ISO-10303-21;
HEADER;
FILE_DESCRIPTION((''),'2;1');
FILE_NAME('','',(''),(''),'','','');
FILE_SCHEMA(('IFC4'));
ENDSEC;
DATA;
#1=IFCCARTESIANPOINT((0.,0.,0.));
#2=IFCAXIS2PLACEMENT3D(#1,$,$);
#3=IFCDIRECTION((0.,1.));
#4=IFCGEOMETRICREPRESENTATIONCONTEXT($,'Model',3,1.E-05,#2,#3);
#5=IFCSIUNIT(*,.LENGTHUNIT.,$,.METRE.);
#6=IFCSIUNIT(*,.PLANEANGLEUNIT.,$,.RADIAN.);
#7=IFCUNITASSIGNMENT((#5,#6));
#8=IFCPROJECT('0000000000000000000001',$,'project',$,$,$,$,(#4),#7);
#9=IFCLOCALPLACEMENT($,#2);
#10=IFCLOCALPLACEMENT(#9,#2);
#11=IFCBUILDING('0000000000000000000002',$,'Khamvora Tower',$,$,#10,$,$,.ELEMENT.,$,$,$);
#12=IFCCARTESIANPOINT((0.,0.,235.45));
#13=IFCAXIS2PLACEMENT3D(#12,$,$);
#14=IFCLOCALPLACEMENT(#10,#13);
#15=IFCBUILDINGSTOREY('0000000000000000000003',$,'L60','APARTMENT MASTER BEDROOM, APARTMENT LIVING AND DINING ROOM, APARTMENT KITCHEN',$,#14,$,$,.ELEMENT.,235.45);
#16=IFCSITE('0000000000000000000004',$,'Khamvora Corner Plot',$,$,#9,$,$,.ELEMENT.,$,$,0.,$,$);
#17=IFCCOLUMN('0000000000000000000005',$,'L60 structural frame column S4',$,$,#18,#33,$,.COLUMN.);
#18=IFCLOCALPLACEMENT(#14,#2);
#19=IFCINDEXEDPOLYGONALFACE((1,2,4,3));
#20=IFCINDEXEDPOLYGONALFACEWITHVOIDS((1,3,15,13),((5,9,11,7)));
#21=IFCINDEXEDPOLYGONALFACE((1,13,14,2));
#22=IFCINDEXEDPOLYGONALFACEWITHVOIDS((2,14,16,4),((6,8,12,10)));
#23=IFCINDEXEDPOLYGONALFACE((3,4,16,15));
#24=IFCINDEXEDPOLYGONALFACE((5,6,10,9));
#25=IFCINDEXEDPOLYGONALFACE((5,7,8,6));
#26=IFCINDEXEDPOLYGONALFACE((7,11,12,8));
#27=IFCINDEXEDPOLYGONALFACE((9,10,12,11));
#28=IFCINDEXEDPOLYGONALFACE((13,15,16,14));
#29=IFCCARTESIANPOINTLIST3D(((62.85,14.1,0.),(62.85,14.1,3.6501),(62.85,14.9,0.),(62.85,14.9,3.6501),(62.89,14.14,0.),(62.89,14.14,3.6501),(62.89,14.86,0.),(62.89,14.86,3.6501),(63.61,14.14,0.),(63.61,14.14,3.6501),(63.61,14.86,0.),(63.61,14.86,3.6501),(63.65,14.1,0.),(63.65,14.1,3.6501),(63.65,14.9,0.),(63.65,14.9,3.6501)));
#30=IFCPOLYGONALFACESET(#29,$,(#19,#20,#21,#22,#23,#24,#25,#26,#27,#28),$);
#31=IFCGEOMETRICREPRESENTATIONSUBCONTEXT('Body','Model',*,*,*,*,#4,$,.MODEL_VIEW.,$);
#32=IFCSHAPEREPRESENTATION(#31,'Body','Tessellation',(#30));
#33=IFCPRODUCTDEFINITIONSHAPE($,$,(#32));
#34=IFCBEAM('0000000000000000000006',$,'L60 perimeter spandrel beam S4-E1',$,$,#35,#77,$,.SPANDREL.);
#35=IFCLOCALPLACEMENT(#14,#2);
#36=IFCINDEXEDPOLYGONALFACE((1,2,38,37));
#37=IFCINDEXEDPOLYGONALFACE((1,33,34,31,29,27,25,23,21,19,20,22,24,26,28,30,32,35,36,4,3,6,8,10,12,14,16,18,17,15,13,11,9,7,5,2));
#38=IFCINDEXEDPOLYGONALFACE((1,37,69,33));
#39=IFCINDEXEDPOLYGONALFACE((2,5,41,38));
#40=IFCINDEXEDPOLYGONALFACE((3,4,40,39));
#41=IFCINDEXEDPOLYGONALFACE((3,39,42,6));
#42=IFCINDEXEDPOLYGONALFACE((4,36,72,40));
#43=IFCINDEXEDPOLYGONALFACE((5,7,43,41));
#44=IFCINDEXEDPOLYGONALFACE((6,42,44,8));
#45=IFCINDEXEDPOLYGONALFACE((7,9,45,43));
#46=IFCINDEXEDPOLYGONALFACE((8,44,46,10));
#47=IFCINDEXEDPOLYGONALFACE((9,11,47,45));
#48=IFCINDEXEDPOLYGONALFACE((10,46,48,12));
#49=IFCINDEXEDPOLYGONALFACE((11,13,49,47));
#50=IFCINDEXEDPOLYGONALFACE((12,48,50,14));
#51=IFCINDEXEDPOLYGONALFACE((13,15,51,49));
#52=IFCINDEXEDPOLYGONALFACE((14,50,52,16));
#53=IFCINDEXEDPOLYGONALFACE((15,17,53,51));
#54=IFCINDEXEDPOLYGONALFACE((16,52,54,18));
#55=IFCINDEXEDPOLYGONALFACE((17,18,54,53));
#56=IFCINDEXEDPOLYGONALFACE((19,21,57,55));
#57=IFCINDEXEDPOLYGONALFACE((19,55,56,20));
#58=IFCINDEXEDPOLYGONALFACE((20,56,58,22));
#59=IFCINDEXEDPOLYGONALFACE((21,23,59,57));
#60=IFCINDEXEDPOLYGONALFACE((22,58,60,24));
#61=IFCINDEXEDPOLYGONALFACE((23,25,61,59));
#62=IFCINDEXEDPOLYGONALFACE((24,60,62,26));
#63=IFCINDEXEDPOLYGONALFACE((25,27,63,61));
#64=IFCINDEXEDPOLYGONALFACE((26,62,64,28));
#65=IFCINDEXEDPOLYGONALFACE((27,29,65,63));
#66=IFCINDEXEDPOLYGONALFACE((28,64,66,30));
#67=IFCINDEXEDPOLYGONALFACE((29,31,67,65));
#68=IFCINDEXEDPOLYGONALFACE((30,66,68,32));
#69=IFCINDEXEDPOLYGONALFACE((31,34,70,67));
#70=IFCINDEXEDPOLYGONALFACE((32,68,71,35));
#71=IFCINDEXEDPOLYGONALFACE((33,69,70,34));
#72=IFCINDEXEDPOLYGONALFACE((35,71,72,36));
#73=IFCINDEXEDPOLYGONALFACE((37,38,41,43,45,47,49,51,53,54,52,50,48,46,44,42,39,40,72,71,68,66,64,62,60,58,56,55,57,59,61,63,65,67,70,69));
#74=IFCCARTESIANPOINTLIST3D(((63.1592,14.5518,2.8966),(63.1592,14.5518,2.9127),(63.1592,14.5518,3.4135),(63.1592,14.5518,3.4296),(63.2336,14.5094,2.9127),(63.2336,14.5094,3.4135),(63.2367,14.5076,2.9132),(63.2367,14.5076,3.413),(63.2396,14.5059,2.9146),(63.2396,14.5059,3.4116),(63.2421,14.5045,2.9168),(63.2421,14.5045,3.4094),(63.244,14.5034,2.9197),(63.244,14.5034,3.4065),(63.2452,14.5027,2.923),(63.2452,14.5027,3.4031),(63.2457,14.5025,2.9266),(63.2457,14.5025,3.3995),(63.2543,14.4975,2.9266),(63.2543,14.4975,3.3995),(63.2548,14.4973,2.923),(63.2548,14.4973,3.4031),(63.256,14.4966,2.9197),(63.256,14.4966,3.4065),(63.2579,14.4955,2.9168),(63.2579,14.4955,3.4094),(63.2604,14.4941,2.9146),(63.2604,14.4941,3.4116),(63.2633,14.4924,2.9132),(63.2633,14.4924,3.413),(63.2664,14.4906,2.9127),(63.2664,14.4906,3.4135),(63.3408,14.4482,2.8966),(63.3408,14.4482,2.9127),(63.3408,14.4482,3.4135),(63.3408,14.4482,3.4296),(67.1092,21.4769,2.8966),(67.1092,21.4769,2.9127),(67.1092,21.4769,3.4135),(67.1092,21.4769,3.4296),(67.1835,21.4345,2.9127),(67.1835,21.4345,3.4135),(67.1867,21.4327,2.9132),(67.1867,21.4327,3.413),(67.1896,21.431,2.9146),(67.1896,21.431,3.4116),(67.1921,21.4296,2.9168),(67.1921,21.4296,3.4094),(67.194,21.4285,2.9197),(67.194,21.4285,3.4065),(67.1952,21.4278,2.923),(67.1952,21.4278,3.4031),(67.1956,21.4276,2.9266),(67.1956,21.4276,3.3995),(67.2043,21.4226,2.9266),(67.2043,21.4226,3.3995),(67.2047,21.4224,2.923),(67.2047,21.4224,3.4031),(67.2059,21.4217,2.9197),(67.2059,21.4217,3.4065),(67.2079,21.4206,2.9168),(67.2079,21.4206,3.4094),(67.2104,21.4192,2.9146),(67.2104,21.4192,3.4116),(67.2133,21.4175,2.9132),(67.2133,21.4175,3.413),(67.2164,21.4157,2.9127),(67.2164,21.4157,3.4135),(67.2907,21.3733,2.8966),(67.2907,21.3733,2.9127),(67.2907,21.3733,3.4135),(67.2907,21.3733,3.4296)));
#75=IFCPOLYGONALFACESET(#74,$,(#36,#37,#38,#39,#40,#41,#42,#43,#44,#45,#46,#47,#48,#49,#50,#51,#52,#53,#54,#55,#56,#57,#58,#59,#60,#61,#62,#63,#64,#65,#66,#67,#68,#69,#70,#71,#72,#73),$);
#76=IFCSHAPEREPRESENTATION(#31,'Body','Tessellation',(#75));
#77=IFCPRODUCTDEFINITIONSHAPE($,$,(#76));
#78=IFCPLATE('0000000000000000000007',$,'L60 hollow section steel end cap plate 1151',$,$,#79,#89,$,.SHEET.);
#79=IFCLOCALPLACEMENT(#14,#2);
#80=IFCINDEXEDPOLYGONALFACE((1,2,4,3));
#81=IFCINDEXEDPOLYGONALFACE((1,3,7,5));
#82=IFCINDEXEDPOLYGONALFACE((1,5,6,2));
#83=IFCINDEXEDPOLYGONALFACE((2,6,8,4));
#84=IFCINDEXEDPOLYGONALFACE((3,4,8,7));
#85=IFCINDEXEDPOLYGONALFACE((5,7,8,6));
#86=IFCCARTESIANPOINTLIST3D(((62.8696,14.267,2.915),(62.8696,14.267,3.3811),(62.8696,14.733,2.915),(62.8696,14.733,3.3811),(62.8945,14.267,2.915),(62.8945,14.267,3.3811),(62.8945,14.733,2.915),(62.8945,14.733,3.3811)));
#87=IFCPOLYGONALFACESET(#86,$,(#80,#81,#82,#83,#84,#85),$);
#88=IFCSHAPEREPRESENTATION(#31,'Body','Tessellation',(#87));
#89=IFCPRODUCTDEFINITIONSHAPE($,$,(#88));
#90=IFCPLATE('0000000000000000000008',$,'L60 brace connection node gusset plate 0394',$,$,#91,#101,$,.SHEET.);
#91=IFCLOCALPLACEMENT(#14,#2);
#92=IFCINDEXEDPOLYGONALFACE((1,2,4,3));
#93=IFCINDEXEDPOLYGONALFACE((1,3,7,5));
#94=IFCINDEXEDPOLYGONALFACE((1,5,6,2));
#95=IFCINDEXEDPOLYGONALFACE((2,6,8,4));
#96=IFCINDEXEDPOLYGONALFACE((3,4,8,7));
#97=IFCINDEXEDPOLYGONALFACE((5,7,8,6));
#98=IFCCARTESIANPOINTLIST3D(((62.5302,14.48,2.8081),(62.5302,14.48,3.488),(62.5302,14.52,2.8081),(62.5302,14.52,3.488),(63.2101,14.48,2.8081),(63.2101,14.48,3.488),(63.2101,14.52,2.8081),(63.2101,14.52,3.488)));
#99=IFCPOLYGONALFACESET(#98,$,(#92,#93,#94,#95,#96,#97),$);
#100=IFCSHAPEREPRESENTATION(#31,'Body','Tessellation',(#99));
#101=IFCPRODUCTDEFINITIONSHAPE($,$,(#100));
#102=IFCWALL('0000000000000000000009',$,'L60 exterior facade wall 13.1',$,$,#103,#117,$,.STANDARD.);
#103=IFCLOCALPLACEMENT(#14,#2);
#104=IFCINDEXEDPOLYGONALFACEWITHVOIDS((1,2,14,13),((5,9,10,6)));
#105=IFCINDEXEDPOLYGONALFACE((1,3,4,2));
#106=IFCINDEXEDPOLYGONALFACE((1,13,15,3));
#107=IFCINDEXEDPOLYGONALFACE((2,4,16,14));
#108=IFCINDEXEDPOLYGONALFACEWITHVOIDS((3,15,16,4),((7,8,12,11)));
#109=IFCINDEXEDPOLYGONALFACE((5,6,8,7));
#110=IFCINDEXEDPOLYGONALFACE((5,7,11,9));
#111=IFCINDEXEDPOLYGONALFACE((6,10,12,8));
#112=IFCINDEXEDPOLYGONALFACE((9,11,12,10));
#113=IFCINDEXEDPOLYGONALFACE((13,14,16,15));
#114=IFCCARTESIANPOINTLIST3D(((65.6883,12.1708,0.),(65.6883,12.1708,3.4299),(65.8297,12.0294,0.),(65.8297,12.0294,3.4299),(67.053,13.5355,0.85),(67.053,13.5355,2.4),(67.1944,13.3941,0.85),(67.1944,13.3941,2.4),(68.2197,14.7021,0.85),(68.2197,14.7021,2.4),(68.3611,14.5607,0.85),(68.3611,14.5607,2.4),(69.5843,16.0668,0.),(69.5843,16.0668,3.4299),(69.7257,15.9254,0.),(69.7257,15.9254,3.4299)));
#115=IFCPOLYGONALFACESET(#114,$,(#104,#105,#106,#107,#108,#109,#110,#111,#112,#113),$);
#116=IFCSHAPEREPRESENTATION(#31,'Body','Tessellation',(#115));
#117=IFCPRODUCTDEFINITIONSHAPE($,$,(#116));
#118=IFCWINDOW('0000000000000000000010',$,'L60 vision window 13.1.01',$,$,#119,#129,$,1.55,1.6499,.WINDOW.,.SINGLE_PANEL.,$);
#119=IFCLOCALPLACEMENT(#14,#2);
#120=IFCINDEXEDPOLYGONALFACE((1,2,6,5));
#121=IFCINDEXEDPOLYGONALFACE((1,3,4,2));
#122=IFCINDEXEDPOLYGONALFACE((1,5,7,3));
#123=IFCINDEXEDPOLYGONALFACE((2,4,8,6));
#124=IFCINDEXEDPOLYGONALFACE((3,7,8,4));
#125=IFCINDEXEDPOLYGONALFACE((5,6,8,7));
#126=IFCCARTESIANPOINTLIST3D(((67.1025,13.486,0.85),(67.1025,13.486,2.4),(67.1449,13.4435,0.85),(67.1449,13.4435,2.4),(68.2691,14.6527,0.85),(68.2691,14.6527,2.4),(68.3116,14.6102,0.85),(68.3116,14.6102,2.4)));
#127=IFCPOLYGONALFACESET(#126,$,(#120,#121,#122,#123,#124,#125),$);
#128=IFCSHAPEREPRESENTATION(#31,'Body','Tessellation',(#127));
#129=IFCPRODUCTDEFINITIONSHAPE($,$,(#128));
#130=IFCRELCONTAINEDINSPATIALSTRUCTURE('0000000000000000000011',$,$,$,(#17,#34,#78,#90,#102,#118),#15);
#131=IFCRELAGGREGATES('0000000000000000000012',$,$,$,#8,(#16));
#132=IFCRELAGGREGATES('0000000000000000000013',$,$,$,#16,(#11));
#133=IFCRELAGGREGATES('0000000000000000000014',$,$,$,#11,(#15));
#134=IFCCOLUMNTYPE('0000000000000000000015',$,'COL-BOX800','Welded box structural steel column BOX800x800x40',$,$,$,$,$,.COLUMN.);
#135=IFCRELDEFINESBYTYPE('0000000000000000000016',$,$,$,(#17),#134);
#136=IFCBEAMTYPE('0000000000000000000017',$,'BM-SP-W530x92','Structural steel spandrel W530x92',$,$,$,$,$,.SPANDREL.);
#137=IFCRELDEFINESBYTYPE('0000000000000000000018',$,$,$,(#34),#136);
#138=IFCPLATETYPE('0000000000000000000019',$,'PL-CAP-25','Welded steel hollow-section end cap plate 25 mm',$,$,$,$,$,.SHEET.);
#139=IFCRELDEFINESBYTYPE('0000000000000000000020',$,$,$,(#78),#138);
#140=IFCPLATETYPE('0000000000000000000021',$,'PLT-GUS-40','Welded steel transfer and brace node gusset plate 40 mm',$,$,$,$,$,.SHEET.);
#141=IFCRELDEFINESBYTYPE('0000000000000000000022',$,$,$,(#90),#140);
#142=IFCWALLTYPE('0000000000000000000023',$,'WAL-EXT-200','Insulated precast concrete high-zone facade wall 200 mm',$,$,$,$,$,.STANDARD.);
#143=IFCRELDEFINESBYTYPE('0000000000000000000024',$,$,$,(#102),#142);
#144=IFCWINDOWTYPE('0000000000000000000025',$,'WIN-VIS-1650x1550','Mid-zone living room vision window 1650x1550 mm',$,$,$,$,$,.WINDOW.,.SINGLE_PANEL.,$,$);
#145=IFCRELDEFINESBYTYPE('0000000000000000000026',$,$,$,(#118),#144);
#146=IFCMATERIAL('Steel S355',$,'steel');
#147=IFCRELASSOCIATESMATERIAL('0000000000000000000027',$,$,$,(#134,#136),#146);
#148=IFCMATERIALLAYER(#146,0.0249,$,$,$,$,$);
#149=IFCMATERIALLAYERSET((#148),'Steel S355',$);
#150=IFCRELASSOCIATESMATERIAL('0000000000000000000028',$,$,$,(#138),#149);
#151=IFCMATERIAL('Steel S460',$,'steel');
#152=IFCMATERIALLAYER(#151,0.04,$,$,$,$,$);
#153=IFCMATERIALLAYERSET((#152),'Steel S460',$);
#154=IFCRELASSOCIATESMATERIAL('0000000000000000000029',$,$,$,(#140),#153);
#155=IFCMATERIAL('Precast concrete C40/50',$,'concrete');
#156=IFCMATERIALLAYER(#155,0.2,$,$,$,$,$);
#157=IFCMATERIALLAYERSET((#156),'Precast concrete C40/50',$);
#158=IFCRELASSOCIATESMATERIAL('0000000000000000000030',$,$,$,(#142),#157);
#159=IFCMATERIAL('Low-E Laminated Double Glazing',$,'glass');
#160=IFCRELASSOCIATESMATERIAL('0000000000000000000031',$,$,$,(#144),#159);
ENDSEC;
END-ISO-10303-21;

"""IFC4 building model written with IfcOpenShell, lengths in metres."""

from ifc_helpers import new_model, si_unit, direction, frame, frame_2d, origin, origin_2d, place, context, subcontext, project, spatial, rectangle, hollow_rectangle, i_section, extrude, material, layer, layer_set, material_profile, profile_set, type_object, element, fill, save


model = new_model("IFC4")

# Units and contexts
model_context = context("Model", 3, precision=1e-05, world=origin(), true_north=direction((0.0, 1.0)))
body_context = subcontext(model_context, "Body", "Model", "MODEL_VIEW")
ifc_project = project(units=[si_unit("LENGTHUNIT", "METRE"), si_unit("PLANEANGLEUNIT", "RADIAN")], contexts=[model_context])

# Site, building, storey
site_placement = place(None, origin())
site = spatial("IfcSite", under=ifc_project, at=site_placement, Name="Khamvora Corner Plot", CompositionType="ELEMENT", RefElevation=0.0)
building_placement = place(site_placement, origin())
building = spatial("IfcBuilding", under=site, at=building_placement, Name="Khamvora Tower", CompositionType="ELEMENT")
storey_placement = place(building_placement, frame((0.0, 0.0, 235.45)))
storey = spatial("IfcBuildingStorey", under=building, at=storey_placement, Name="L60", Description="APARTMENT MASTER BEDROOM, APARTMENT LIVING AND DINING ROOM, APARTMENT KITCHEN", CompositionType="ELEMENT", Elevation=235.45)

# Column
ifc_material_1 = material(Name="Steel S355", Category="steel")
ifc_material_profile_1 = material_profile(ifc_material_1, hollow_rectangle(XDim=0.8, YDim=0.8, WallThickness=0.04, at=origin_2d()), Name="BOX800x800x40")
ifc_profile_set_1 = profile_set([ifc_material_profile_1], Name="Steel S355")
column_type = type_object("IfcColumnType", Name="COL-BOX800", Description="Welded box structural steel column BOX800x800x40", PredefinedType="COLUMN", material=ifc_profile_set_1)
column_placement = place(storey_placement, frame((63.25, 14.5, 0.0), z_axis=(0.0, 0.0, 1.0), x_axis=(1.0, 0.0, 0.0)))
element("IfcColumn", 1, at=column_placement, inside=storey, type_object=column_type, Name="L60 structural frame column S4", PredefinedType="COLUMN", context=body_context, shape_type="SweptSolid", body=[
    extrude(hollow_rectangle(XDim=0.8, YDim=0.8, WallThickness=0.04, at=origin_2d()), origin(), (0.0, 0.0, 1.0), 3.6501),
])

# Beam
ifc_material_profile_2 = material_profile(ifc_material_1, i_section(OverallWidth=0.209, OverallDepth=0.533, WebThickness=0.01, FlangeThickness=0.0161, FilletRadius=0.0139, at=origin_2d()), Name="W530x92")
ifc_profile_set_2 = profile_set([ifc_material_profile_2], Name="Steel S355")
beam_type = type_object("IfcBeamType", Name="BM-SP-W530x92", Description="Structural steel spandrel W530x92", PredefinedType="SPANDREL", material=ifc_profile_set_2)
beam_placement = place(storey_placement, frame((63.25, 14.5, 3.1631), z_axis=(0.495456, 0.868633, 0.0), x_axis=(-0.868633, 0.495456, 0.0)))
element("IfcBeam", 2, at=beam_placement, inside=storey, type_object=beam_type, Name="L60 perimeter spandrel beam S4-E1", PredefinedType="SPANDREL", context=body_context, shape_type="SweptSolid", body=[
    extrude(i_section(OverallWidth=0.209, OverallDepth=0.533, WebThickness=0.01, FlangeThickness=0.0161, FilletRadius=0.0139, at=origin_2d()), origin(), (0.0, 0.0, 1.0), 7.9724),
])

# Plates
ifc_layer_1 = layer(ifc_material_1, 0.0249)
ifc_layer_set_1 = layer_set([ifc_layer_1], Name="Steel S355")
plate_type_1 = type_object("IfcPlateType", Name="PL-CAP-25", Description="Welded steel hollow-section end cap plate 25 mm", PredefinedType="SHEET", material=ifc_layer_set_1)
plate_1_placement = place(storey_placement, frame((62.8821, 14.5, 2.915), z_axis=(0.0, 0.0, 1.0), x_axis=(1.0, 0.0, 0.0)))
element("IfcPlate", 3, at=plate_1_placement, inside=storey, type_object=plate_type_1, Name="L60 hollow section steel end cap plate 1151", PredefinedType="SHEET", context=body_context, shape_type="SweptSolid", body=[
    extrude(rectangle(XDim=0.0249, YDim=0.4661, at=origin_2d()), origin(), (0.0, 0.0, 1.0), 0.4661),
])
ifc_material_2 = material(Name="Steel S460", Category="steel")
ifc_layer_2 = layer(ifc_material_2, 0.04)
ifc_layer_set_2 = layer_set([ifc_layer_2], Name="Steel S460")
plate_type_2 = type_object("IfcPlateType", Name="PLT-GUS-40", Description="Welded steel transfer and brace node gusset plate 40 mm", PredefinedType="SHEET", material=ifc_layer_set_2)
plate_2_placement = place(storey_placement, frame((62.8701, 14.5, 2.8081), z_axis=(0.0, 0.0, 1.0), x_axis=(1.0, 0.0, 0.0)))
element("IfcPlate", 4, at=plate_2_placement, inside=storey, type_object=plate_type_2, Name="L60 brace connection node gusset plate 0394", PredefinedType="SHEET", context=body_context, shape_type="SweptSolid", body=[
    extrude(rectangle(XDim=0.6799, YDim=0.04, at=origin_2d()), origin(), (0.0, 0.0, 1.0), 0.6799),
])

# Wall, opening, window
ifc_material_3 = material(Name="Precast concrete C40/50", Category="concrete")
ifc_layer_3 = layer(ifc_material_3, 0.2)
ifc_layer_set_3 = layer_set([ifc_layer_3], Name="Precast concrete C40/50")
wall_type_1 = type_object("IfcWallType", Name="WAL-EXT-200", Description="Insulated precast concrete high-zone facade wall 200 mm", PredefinedType="STANDARD", material=ifc_layer_set_3)
wall_1_placement = place(storey_placement, frame((69.655, 15.9961, 0.0), z_axis=(0.0, 0.0, 1.0), x_axis=(-0.707107, -0.707107, 0.0)))
wall_1 = element("IfcWall", 5, at=wall_1_placement, inside=storey, type_object=wall_type_1, Name="L60 exterior facade wall 13.1", PredefinedType="STANDARD", context=body_context, shape_type="SweptSolid", body=[
    extrude(rectangle(XDim=5.5098, YDim=0.2, at=frame_2d((2.7549, 0.0))), origin(), (0.0, 0.0, 1.0), 3.4299),
])
opening_1_placement = place(wall_1_placement, frame((1.9299, 0.0, 0.8501)))
opening_1 = element("IfcOpeningElement", 6, at=opening_1_placement, cuts=wall_1, PredefinedType="OPENING", context=body_context, shape_type="SweptSolid", body=[
    extrude(rectangle(XDim=1.6499, YDim=1.55, at=frame_2d((0.825, 0.7749))), frame((0.0, 0.1099, 0.0), z_axis=(0.0, -1.0, 0.0), x_axis=(1.0, 0.0, 0.0)), (0.0, 0.0, 1.0), 0.22),
])
ifc_material_4 = material(Name="Low-E Laminated Double Glazing", Category="glass")
window_type_1 = type_object("IfcWindowType", Name="WIN-VIS-1650x1550", Description="Mid-zone living room vision window 1650x1550 mm", PartitioningType="SINGLE_PANEL", PredefinedType="WINDOW", material=ifc_material_4)
window_1_placement = place(opening_1_placement, origin())
window_1 = element("IfcWindow", 7, at=window_1_placement, inside=storey, type_object=window_type_1, Name="L60 vision window 13.1.01", OverallHeight=1.55, OverallWidth=1.6499, PartitioningType="SINGLE_PANEL", PredefinedType="WINDOW", context=body_context, shape_type="SweptSolid", body=[
    extrude(rectangle(XDim=1.6499, YDim=1.55, at=frame_2d((0.825, 0.7749))), frame((0.0, 0.03, 0.0), z_axis=(0.0, -1.0, 0.0), x_axis=(1.0, 0.0, 0.0)), (0.0, 0.0, 1.0), 0.0601),
])
fill(opening_1, window_1)

save(model, "model.ifc")
